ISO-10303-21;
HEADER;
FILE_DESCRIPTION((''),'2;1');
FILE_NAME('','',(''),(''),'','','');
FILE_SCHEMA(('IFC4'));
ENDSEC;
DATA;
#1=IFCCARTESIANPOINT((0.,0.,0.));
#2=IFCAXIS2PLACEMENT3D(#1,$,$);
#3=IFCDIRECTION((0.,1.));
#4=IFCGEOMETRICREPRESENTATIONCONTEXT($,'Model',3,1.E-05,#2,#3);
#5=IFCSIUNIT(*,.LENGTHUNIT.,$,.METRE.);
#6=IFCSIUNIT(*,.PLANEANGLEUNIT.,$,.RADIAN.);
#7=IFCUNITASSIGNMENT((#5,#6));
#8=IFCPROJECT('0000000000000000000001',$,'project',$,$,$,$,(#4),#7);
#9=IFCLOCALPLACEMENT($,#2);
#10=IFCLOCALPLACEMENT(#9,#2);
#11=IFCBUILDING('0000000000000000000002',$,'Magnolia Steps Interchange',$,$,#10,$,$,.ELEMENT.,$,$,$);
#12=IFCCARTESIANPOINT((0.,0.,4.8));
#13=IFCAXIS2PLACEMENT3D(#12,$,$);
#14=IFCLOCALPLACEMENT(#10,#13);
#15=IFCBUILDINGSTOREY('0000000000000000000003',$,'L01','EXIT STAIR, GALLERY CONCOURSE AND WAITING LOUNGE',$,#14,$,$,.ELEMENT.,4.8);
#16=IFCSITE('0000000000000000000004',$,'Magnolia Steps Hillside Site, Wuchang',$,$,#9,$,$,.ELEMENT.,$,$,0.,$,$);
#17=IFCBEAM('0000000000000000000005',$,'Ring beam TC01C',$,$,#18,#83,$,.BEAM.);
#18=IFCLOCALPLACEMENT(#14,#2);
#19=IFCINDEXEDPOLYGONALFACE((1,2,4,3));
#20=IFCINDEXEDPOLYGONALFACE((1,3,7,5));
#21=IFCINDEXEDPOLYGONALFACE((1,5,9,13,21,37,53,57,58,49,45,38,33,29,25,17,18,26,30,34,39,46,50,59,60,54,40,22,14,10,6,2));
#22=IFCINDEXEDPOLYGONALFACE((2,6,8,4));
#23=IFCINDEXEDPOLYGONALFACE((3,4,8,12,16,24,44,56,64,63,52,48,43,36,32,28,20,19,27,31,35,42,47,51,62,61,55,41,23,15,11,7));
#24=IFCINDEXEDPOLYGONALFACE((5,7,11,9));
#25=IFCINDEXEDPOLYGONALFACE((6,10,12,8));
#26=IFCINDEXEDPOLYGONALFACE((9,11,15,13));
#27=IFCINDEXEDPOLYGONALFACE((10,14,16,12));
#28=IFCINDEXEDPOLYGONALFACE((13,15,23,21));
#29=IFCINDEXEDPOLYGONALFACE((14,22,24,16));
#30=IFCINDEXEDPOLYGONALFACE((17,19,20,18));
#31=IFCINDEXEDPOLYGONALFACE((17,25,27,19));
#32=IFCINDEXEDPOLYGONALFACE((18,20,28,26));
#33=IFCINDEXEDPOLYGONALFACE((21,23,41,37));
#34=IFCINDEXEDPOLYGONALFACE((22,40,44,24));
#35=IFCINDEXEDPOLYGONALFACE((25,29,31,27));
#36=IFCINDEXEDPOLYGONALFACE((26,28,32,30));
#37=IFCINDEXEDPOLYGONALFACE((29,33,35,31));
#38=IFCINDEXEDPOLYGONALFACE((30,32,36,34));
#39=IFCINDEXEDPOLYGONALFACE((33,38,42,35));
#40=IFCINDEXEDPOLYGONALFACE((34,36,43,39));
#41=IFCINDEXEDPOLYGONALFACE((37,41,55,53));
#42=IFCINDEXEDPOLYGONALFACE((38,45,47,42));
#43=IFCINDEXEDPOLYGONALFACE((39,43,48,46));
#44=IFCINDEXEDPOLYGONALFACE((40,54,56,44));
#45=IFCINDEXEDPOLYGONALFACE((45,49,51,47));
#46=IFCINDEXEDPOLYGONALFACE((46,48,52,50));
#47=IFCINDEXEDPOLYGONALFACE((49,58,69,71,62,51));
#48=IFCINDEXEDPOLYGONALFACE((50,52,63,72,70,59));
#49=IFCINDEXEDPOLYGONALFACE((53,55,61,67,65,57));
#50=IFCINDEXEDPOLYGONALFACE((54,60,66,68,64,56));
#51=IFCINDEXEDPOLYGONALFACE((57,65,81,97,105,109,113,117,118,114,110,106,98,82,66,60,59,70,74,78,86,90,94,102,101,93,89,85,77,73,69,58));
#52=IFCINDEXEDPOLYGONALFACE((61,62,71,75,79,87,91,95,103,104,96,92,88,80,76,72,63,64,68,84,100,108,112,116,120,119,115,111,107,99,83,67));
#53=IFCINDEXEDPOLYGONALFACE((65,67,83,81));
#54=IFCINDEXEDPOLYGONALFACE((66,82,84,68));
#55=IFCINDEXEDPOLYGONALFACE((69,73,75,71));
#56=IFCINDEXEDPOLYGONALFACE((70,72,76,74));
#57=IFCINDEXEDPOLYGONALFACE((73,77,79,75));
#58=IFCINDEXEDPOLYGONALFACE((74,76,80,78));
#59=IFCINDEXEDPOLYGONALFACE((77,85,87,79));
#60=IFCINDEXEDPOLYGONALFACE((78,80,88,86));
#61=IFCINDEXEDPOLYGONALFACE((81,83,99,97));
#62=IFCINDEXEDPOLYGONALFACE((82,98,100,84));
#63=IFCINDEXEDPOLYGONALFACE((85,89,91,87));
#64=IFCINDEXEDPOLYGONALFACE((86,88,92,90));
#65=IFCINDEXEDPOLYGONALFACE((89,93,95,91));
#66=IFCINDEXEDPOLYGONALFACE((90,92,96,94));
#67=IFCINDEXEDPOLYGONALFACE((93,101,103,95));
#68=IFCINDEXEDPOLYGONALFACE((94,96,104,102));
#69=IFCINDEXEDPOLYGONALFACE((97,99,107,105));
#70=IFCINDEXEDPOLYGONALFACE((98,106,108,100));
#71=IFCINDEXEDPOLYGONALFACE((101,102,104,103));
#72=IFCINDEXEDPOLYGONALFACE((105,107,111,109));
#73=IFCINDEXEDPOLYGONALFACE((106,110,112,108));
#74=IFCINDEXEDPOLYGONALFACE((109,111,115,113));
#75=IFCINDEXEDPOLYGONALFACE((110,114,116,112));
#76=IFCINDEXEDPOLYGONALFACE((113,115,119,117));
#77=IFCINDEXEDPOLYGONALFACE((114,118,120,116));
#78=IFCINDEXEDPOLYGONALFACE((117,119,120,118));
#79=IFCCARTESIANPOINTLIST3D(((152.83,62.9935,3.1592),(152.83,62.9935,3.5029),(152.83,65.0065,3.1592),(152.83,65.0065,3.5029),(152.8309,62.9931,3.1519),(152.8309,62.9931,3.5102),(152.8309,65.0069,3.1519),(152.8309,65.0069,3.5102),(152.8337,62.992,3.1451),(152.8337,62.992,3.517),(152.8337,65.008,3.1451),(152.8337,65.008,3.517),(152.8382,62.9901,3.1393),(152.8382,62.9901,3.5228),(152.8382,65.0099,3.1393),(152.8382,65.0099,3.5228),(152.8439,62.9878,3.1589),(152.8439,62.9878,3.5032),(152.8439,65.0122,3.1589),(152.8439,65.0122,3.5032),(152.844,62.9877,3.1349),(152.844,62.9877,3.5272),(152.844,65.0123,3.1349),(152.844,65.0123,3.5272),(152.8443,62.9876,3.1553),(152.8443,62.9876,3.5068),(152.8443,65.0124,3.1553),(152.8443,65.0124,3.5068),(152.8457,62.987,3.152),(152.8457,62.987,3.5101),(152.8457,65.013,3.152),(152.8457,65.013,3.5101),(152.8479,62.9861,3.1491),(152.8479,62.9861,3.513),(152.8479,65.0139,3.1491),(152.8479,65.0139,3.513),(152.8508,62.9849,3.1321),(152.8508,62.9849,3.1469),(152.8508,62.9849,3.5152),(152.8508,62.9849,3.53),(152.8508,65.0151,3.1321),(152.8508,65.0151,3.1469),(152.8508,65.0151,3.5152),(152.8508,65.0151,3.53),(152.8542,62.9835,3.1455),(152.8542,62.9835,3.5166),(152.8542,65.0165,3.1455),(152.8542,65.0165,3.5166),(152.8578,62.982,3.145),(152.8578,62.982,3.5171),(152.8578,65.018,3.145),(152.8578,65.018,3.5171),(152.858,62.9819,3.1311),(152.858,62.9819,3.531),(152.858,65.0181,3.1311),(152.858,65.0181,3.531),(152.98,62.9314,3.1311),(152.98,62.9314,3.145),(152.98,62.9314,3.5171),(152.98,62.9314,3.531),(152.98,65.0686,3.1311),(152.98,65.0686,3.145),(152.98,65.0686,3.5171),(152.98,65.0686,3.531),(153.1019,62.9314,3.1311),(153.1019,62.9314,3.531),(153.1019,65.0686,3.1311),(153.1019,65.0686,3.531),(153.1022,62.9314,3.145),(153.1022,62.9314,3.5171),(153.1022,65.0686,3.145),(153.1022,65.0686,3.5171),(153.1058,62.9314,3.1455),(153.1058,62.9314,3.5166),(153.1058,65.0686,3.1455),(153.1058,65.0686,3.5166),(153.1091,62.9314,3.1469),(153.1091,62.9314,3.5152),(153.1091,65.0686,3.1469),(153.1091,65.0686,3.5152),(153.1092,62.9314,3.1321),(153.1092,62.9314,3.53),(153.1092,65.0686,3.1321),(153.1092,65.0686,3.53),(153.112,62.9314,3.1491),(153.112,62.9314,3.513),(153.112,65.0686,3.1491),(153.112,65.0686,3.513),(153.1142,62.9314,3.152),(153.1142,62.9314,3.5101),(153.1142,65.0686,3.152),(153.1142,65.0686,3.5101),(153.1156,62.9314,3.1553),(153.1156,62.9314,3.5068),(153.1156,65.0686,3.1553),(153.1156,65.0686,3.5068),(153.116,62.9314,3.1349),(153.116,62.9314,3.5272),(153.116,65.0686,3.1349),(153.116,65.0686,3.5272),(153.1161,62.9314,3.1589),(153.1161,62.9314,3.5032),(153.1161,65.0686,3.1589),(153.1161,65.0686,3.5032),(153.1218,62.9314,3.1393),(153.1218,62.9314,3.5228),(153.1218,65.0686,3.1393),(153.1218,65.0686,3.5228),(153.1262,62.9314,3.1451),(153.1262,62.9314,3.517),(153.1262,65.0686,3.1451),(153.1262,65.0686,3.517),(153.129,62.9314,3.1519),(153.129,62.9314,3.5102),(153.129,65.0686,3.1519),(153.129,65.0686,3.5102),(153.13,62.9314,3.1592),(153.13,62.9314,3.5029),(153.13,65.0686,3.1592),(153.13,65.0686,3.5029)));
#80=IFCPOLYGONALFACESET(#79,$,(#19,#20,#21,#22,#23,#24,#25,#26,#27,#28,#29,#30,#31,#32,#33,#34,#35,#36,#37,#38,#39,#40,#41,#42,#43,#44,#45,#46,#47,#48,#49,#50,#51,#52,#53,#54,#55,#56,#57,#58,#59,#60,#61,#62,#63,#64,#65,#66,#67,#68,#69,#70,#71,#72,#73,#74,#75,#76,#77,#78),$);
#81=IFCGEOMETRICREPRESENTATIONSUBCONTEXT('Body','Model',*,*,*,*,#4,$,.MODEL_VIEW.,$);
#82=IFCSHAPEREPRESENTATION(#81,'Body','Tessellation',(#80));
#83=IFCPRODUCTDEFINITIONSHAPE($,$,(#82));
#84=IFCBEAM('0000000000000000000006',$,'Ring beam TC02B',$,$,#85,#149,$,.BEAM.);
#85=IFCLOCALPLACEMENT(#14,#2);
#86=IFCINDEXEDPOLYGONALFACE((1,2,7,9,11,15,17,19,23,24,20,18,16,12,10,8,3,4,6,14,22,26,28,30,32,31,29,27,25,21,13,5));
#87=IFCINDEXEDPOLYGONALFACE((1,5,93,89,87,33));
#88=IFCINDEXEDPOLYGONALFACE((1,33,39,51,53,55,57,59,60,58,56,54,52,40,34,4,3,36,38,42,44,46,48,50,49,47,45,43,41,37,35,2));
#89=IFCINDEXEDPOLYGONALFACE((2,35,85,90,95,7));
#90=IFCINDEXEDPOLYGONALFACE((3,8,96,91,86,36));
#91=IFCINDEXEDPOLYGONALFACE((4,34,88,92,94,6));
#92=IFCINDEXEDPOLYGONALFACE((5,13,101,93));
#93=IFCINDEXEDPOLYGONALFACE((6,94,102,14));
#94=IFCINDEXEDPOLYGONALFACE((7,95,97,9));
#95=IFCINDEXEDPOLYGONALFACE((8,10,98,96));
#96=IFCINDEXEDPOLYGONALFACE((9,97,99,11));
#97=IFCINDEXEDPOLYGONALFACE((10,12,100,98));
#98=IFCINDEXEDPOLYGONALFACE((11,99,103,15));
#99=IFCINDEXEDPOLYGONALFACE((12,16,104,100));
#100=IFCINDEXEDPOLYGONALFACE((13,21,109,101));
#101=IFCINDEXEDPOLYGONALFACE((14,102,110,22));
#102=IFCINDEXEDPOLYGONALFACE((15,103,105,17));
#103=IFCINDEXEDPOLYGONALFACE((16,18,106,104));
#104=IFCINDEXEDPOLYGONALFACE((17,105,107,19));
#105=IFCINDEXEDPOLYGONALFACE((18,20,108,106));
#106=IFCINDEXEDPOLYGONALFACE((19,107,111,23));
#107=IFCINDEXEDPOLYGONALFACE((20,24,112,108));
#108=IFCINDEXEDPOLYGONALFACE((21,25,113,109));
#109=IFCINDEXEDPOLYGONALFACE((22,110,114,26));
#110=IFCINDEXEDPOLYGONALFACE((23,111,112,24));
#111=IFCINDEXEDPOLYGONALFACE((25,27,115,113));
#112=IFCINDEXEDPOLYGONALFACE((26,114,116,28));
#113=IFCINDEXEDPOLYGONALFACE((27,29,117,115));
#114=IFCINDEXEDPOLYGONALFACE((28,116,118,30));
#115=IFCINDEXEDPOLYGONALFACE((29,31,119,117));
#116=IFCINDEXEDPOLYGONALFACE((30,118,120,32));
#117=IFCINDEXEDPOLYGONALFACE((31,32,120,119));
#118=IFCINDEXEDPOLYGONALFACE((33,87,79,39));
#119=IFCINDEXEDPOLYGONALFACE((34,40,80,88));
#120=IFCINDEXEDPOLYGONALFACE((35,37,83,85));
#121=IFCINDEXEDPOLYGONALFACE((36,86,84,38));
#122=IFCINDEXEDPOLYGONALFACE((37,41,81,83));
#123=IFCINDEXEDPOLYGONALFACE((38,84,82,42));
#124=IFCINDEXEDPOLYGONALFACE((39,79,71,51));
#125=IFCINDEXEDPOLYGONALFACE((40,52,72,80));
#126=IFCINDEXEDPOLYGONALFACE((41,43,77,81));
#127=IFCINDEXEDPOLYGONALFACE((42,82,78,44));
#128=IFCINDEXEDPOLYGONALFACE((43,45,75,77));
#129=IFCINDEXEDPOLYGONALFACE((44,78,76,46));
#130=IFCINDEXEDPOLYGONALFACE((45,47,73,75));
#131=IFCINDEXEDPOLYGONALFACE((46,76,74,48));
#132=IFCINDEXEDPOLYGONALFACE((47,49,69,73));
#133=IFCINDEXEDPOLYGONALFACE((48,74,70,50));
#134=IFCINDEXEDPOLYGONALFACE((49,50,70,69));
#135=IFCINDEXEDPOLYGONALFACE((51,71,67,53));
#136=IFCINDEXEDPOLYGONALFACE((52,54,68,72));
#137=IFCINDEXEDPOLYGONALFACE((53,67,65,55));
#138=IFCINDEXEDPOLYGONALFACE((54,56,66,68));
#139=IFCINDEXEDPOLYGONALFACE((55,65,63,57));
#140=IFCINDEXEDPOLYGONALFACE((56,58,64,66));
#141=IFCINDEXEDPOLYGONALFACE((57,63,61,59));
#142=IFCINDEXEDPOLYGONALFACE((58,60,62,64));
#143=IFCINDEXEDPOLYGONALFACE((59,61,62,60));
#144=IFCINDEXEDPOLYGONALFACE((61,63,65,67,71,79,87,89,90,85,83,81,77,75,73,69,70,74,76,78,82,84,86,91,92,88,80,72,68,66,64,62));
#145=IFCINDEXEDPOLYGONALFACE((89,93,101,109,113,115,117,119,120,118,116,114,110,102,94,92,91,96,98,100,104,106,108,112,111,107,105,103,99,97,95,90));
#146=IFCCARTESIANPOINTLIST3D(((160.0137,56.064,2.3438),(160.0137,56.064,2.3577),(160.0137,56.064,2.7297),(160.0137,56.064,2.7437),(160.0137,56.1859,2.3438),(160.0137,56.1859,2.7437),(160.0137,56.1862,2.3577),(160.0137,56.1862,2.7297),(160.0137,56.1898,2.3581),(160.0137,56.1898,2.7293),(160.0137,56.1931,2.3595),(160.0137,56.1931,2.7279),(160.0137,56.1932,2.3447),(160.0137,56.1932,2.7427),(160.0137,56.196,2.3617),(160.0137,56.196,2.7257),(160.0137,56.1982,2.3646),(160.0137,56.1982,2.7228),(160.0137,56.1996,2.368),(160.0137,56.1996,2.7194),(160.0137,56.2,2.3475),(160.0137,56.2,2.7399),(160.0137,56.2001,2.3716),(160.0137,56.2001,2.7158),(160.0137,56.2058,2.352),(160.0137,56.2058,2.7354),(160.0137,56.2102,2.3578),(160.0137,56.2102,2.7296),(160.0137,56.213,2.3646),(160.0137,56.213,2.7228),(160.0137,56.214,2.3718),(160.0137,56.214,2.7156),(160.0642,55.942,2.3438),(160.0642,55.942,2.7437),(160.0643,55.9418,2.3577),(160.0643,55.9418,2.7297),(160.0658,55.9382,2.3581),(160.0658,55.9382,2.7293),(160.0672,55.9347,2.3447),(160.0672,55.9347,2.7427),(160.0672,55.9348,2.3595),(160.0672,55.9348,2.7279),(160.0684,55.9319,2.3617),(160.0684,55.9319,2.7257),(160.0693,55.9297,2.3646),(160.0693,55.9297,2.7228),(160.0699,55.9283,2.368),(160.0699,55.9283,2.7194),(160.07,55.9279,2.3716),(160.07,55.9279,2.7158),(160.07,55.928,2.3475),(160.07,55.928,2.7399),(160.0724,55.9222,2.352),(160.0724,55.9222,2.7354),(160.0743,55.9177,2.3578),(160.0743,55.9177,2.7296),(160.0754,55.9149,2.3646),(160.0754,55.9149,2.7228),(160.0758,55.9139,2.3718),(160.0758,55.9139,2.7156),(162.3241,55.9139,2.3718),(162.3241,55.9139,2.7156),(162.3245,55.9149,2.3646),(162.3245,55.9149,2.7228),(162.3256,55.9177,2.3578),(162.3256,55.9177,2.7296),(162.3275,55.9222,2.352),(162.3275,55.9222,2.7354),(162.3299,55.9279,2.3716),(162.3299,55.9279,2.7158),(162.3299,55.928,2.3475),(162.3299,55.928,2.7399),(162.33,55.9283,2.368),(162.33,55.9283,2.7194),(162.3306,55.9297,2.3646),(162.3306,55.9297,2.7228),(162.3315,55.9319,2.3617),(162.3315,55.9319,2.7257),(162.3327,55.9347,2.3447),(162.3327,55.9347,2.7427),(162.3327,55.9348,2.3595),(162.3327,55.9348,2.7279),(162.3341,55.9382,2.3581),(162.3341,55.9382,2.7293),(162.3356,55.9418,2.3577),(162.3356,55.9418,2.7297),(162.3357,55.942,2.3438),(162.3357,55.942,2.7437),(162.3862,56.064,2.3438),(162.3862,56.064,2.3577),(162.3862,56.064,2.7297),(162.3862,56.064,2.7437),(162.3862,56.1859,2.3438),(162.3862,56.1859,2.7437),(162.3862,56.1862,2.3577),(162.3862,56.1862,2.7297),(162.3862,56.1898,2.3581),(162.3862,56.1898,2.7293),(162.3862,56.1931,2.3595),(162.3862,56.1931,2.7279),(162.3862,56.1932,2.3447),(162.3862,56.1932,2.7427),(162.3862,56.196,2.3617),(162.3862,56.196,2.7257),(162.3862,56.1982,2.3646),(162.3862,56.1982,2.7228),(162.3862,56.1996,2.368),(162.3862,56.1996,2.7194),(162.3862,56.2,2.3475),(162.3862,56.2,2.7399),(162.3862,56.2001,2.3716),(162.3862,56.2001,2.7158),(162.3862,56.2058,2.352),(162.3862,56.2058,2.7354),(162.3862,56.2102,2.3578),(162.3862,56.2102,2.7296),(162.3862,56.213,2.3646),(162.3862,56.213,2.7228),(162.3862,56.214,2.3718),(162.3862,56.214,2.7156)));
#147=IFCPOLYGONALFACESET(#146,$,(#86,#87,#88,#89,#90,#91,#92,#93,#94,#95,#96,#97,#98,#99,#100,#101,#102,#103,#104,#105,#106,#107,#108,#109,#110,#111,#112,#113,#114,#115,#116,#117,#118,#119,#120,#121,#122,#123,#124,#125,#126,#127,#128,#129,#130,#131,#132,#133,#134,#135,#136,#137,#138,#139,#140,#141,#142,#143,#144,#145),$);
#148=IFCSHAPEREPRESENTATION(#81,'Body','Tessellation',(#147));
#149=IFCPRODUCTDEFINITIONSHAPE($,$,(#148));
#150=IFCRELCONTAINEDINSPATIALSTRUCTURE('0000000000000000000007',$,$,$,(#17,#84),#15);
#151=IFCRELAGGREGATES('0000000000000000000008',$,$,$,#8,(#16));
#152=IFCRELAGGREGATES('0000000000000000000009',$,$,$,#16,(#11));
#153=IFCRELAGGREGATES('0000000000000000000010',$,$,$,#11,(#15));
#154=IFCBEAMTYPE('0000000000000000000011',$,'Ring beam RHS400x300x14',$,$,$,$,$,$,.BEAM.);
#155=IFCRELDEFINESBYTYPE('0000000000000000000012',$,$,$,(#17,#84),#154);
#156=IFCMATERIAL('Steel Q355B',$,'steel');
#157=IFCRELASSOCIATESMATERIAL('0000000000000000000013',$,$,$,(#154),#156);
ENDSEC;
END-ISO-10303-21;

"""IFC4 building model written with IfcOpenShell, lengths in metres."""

from ifc_helpers import new_model, si_unit, direction, frame, origin, origin_2d, place, context, subcontext, project, spatial, hollow_rectangle, extrude, clip, halfspace, material, material_profile, profile_set, type_object, element, save


model = new_model("IFC4")

# Units and contexts
model_context = context("Model", 3, precision=1e-05, world=origin(), true_north=direction((0.0, 1.0)))
body_context = subcontext(model_context, "Body", "Model", "MODEL_VIEW")
ifc_project = project(units=[si_unit("LENGTHUNIT", "METRE"), si_unit("PLANEANGLEUNIT", "RADIAN")], contexts=[model_context])

# Site, building, storey
site_placement = place(None, origin())
site = spatial("IfcSite", under=ifc_project, at=site_placement, Name="Magnolia Steps Hillside Site, Wuchang", CompositionType="ELEMENT", RefElevation=0.0)
building_placement = place(site_placement, origin())
building = spatial("IfcBuilding", under=site, at=building_placement, Name="Magnolia Steps Interchange", CompositionType="ELEMENT")
storey_placement = place(building_placement, frame((0.0, 0.0, 4.8)))
storey = spatial("IfcBuildingStorey", under=building, at=storey_placement, Name="L01", Description="EXIT STAIR, GALLERY CONCOURSE AND WAITING LOUNGE", CompositionType="ELEMENT", Elevation=4.8)

# Beams
ifc_material_1 = material(Name="Steel Q355B", Category="steel")
ifc_material_profile_1 = material_profile(ifc_material_1, hollow_rectangle(XDim=0.3, YDim=0.3999, WallThickness=0.0139, InnerFilletRadius=0.0139, OuterFilletRadius=0.0281, at=origin_2d()), Name="RHS400x300x14")
ifc_profile_set_1 = profile_set([ifc_material_profile_1], Name="Steel Q355B")
beam_type_1 = type_object("IfcBeamType", Name="Ring beam RHS400x300x14", PredefinedType="BEAM", material=ifc_profile_set_1)
beam_1_placement = place(storey_placement, frame((152.98, 62.9314, 3.3311), z_axis=(0.0, 1.0, 0.0), x_axis=(-1.0, 0.0, 0.0)))
element("IfcBeam", 1, at=beam_1_placement, inside=storey, type_object=beam_type_1, Name="Ring beam TC01C", PredefinedType="BEAM", context=body_context, shape_type="Clipping", body=[
    clip(clip(extrude(hollow_rectangle(XDim=0.3, YDim=0.3999, WallThickness=0.0139, InnerFilletRadius=0.0139, OuterFilletRadius=0.0281, at=origin_2d()), origin(), (0.0, 0.0, 1.0), 2.1372), halfspace(frame((0.0, 0.0, 0.0), z_axis=(0.382683, 0.0, -0.92388), x_axis=(0.92388, 0.0, 0.382683)), False)), halfspace(frame((0.0, 0.0, 2.1372), z_axis=(0.382683, 0.0, 0.92388), x_axis=(0.92388, 0.0, -0.382683)), False)),
])
beam_2_placement = place(storey_placement, frame((162.3862, 56.064, 2.5437), z_axis=(-1.0, 0.0, 0.0), x_axis=(0.0, -1.0, 0.0)))
element("IfcBeam", 2, at=beam_2_placement, inside=storey, type_object=beam_type_1, Name="Ring beam TC02B", PredefinedType="BEAM", context=body_context, shape_type="Clipping", body=[
    clip(clip(extrude(hollow_rectangle(XDim=0.3, YDim=0.3999, WallThickness=0.0139, InnerFilletRadius=0.0139, OuterFilletRadius=0.0281, at=origin_2d()), origin(), (0.0, 0.0, 1.0), 2.3726), halfspace(frame((0.0, 0.0, 0.0), z_axis=(0.382683, 0.0, -0.92388), x_axis=(0.92388, 0.0, 0.382683)), False)), halfspace(frame((0.0, 0.0, 2.3726), z_axis=(0.382683, 0.0, 0.92388), x_axis=(0.92388, 0.0, -0.382683)), False)),
])

save(model, "model.ifc")
